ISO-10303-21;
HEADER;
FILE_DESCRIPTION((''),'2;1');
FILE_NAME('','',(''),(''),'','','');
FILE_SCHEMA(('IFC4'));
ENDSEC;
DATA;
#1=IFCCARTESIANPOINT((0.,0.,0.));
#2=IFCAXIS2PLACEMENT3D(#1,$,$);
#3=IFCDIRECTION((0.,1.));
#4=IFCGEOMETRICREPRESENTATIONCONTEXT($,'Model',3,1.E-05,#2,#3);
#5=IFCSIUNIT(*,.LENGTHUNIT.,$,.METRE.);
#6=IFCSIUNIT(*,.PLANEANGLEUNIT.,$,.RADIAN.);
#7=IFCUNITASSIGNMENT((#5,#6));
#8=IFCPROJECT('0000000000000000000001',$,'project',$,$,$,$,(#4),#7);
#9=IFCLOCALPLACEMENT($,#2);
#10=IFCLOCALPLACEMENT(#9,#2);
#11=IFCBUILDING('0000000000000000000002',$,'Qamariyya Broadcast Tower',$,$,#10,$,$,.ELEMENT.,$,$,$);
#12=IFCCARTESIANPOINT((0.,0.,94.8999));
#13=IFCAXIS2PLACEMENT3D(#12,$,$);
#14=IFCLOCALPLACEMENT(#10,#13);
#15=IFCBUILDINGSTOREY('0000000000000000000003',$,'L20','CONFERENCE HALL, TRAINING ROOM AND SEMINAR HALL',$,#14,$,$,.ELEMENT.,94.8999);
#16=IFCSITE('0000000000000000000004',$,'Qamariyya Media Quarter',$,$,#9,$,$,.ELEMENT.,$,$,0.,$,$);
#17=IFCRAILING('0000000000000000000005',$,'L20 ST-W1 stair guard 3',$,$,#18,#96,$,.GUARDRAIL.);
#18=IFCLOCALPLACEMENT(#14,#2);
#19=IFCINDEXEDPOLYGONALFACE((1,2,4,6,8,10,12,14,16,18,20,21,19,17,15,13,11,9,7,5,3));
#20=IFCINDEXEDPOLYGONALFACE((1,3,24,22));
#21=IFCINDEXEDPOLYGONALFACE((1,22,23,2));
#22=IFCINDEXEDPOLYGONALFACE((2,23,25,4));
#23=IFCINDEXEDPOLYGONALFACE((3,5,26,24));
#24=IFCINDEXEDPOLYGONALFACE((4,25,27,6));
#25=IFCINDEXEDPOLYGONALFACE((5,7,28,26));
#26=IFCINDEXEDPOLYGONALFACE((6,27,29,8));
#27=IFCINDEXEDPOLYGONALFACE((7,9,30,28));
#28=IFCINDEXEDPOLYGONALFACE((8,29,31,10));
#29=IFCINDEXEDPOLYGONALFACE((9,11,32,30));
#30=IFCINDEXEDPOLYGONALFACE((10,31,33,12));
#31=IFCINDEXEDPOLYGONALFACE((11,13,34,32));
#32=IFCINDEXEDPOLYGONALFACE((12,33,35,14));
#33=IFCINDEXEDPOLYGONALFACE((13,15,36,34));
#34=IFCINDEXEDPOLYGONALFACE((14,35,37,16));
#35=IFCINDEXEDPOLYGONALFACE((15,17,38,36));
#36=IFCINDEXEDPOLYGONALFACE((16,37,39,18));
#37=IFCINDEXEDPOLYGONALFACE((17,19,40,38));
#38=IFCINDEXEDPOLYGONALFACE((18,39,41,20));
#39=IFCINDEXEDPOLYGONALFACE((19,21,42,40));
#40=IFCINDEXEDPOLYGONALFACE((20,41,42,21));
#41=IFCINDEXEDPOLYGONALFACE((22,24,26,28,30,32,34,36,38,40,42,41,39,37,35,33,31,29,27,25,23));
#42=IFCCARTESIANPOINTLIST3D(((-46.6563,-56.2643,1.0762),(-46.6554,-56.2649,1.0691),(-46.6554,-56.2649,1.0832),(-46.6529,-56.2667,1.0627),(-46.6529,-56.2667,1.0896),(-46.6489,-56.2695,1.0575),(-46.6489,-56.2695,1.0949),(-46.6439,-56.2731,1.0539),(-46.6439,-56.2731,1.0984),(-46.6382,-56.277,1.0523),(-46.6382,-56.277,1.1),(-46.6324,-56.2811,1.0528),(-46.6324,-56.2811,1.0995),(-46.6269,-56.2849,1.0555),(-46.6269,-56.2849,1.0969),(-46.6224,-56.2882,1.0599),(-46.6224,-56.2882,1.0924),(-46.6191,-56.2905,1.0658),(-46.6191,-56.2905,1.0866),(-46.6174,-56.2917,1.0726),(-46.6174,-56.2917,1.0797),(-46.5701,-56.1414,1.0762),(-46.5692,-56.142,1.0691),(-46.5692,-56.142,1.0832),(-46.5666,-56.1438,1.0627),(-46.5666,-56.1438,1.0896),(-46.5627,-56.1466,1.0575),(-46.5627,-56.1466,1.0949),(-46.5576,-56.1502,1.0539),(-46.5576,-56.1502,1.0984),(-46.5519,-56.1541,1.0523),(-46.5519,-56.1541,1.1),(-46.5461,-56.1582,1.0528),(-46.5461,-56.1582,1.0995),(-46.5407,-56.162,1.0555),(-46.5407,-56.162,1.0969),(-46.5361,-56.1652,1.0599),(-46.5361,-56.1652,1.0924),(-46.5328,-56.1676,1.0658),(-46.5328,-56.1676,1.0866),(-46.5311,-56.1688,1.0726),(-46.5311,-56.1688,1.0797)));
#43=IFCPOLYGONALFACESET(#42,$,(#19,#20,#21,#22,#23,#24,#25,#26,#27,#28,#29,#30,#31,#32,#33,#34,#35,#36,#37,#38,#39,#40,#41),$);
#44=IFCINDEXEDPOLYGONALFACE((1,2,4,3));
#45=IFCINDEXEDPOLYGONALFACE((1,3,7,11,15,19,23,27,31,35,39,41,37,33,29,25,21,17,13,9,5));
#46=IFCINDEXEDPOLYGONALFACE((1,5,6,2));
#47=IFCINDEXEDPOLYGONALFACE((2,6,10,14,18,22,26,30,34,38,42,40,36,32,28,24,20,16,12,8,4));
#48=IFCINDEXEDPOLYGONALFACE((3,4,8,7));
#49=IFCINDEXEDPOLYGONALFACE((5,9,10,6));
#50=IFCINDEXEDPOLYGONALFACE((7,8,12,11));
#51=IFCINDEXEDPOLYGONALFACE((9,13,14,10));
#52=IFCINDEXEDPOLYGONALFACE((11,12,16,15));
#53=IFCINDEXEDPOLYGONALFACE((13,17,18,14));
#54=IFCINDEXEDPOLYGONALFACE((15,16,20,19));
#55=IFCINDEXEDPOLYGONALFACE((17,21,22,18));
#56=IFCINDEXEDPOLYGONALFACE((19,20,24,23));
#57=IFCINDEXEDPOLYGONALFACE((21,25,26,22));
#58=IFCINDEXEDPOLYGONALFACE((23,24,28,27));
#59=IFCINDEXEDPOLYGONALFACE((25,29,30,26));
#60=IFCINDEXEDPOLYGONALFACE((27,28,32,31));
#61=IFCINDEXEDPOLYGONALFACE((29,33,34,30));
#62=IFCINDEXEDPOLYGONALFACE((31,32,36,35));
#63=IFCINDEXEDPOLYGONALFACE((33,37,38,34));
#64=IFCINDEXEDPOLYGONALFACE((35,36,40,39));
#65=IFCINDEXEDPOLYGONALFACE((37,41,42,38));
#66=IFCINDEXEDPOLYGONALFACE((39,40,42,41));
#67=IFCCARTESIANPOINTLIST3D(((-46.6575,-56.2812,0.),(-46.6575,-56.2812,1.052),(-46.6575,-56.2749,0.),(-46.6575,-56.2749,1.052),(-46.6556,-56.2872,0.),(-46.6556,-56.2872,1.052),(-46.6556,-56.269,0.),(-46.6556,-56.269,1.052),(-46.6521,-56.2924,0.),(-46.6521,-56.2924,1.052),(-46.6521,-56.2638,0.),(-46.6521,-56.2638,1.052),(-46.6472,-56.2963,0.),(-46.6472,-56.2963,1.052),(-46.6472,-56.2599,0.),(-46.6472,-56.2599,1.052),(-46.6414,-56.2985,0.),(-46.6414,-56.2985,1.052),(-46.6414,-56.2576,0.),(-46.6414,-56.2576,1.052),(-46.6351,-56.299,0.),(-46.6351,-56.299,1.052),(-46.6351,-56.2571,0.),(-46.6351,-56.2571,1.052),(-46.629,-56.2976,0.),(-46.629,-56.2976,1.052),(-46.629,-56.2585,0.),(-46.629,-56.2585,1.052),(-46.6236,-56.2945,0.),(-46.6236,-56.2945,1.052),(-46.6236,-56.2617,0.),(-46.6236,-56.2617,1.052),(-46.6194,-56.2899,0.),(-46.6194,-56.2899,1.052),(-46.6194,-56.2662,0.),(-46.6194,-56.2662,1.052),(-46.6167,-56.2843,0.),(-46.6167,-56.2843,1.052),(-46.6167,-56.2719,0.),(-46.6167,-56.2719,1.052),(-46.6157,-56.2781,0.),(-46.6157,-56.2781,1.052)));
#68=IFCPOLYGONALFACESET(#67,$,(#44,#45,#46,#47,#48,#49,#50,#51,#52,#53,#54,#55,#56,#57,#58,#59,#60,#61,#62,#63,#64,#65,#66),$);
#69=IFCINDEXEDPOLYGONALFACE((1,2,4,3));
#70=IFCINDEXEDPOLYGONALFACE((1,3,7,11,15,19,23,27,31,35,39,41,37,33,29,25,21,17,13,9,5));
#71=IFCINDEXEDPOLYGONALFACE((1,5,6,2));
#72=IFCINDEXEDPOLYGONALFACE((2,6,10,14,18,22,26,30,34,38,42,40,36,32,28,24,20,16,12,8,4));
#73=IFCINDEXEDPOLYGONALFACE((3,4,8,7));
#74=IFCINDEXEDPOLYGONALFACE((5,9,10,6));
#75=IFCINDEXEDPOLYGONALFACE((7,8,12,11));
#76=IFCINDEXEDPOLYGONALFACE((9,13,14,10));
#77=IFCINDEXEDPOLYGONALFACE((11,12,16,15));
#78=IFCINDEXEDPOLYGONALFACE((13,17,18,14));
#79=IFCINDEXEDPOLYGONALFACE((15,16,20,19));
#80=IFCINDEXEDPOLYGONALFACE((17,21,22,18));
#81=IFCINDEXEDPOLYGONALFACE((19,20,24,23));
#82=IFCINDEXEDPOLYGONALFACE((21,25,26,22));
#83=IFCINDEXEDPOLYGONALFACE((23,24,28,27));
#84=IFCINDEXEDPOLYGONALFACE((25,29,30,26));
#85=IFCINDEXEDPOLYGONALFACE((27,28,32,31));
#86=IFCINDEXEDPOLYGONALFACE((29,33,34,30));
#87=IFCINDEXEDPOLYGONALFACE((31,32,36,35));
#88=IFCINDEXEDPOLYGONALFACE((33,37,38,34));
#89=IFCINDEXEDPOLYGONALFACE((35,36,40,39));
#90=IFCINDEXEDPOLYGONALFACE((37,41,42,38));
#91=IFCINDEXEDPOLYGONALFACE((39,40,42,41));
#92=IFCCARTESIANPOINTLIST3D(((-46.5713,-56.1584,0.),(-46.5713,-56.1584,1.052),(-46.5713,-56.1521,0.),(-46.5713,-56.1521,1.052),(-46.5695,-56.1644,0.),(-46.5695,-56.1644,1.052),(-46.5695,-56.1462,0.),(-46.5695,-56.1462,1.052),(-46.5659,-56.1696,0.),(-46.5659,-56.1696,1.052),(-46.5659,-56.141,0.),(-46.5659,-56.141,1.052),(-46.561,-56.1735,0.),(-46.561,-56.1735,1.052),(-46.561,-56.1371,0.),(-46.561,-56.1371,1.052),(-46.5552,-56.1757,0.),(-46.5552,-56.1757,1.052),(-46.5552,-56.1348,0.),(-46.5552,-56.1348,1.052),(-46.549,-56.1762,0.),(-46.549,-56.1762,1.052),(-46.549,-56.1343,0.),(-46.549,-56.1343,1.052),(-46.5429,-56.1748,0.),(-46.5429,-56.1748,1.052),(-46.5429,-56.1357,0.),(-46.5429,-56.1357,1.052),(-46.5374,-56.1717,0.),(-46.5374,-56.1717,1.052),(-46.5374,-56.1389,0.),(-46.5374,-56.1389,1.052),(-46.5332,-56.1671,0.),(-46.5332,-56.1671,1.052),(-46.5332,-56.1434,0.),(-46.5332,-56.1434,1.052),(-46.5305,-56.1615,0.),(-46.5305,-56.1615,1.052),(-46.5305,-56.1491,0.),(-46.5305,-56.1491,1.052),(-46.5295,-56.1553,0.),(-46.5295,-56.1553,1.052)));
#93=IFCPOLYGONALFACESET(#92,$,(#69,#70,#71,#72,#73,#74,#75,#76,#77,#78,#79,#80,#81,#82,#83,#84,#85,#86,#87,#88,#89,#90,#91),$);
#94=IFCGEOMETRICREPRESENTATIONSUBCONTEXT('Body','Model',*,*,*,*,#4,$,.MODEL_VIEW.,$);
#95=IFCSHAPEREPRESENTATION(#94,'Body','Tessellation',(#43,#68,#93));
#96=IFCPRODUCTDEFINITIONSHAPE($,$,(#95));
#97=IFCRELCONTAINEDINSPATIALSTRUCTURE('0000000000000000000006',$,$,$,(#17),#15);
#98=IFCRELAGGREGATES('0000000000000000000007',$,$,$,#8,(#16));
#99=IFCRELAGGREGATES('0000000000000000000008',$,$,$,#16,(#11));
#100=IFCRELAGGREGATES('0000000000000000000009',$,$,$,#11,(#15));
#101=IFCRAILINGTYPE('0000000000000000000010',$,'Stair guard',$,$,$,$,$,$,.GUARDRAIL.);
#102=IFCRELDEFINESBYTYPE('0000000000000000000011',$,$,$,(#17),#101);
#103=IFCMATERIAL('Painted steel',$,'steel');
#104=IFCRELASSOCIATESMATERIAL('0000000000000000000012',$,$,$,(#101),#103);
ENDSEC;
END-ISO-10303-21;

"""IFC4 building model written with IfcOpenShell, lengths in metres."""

from ifc_helpers import new_model, si_unit, direction, frame, origin, origin_2d, place, context, subcontext, project, spatial, circle, extrude, material, type_object, element, save


model = new_model("IFC4")

# Units and contexts
model_context = context("Model", 3, precision=1e-05, world=origin(), true_north=direction((0.0, 1.0)))
body_context = subcontext(model_context, "Body", "Model", "MODEL_VIEW")
ifc_project = project(units=[si_unit("LENGTHUNIT", "METRE"), si_unit("PLANEANGLEUNIT", "RADIAN")], contexts=[model_context])

# Site, building, storey
site_placement = place(None, origin())
site = spatial("IfcSite", under=ifc_project, at=site_placement, Name="Qamariyya Media Quarter", CompositionType="ELEMENT", RefElevation=0.0)
building_placement = place(site_placement, origin())
building = spatial("IfcBuilding", under=site, at=building_placement, Name="Qamariyya Broadcast Tower", CompositionType="ELEMENT")
storey_placement = place(building_placement, frame((0.0, 0.0, 94.8999)))
storey = spatial("IfcBuildingStorey", under=building, at=storey_placement, Name="L20", Description="CONFERENCE HALL, TRAINING ROOM AND SEMINAR HALL", CompositionType="ELEMENT", Elevation=94.8999)

# Railing
ifc_material_1 = material(Name="Painted steel", Category="steel")
railing_type_1 = type_object("IfcRailingType", Name="Stair guard", PredefinedType="GUARDRAIL", material=ifc_material_1)
railing_1_placement = place(storey_placement, frame((-46.6367, -56.2781, 0.0)))
element("IfcRailing", 1, at=railing_1_placement, inside=storey, type_object=railing_type_1, Name="L20 ST-W1 stair guard 3", PredefinedType="GUARDRAIL", context=body_context, shape_type="SweptSolid", body=[
    extrude(circle(Radius=0.0239, at=origin_2d()), frame((0.0, 0.0, 1.0762), z_axis=(0.574445, 0.818543, 0.0), x_axis=(-0.818543, 0.574445, 0.0)), (0.0, 0.0, 1.0), 0.1501),
    extrude(circle(Radius=0.021, at=origin_2d()), origin(), (0.0, 0.0, 1.0), 1.052),
    extrude(circle(Radius=0.021, at=origin_2d()), frame((0.0862, 0.1228, 0.0)), (0.0, 0.0, 1.0), 1.052),
])

save(model, "model.ifc")
